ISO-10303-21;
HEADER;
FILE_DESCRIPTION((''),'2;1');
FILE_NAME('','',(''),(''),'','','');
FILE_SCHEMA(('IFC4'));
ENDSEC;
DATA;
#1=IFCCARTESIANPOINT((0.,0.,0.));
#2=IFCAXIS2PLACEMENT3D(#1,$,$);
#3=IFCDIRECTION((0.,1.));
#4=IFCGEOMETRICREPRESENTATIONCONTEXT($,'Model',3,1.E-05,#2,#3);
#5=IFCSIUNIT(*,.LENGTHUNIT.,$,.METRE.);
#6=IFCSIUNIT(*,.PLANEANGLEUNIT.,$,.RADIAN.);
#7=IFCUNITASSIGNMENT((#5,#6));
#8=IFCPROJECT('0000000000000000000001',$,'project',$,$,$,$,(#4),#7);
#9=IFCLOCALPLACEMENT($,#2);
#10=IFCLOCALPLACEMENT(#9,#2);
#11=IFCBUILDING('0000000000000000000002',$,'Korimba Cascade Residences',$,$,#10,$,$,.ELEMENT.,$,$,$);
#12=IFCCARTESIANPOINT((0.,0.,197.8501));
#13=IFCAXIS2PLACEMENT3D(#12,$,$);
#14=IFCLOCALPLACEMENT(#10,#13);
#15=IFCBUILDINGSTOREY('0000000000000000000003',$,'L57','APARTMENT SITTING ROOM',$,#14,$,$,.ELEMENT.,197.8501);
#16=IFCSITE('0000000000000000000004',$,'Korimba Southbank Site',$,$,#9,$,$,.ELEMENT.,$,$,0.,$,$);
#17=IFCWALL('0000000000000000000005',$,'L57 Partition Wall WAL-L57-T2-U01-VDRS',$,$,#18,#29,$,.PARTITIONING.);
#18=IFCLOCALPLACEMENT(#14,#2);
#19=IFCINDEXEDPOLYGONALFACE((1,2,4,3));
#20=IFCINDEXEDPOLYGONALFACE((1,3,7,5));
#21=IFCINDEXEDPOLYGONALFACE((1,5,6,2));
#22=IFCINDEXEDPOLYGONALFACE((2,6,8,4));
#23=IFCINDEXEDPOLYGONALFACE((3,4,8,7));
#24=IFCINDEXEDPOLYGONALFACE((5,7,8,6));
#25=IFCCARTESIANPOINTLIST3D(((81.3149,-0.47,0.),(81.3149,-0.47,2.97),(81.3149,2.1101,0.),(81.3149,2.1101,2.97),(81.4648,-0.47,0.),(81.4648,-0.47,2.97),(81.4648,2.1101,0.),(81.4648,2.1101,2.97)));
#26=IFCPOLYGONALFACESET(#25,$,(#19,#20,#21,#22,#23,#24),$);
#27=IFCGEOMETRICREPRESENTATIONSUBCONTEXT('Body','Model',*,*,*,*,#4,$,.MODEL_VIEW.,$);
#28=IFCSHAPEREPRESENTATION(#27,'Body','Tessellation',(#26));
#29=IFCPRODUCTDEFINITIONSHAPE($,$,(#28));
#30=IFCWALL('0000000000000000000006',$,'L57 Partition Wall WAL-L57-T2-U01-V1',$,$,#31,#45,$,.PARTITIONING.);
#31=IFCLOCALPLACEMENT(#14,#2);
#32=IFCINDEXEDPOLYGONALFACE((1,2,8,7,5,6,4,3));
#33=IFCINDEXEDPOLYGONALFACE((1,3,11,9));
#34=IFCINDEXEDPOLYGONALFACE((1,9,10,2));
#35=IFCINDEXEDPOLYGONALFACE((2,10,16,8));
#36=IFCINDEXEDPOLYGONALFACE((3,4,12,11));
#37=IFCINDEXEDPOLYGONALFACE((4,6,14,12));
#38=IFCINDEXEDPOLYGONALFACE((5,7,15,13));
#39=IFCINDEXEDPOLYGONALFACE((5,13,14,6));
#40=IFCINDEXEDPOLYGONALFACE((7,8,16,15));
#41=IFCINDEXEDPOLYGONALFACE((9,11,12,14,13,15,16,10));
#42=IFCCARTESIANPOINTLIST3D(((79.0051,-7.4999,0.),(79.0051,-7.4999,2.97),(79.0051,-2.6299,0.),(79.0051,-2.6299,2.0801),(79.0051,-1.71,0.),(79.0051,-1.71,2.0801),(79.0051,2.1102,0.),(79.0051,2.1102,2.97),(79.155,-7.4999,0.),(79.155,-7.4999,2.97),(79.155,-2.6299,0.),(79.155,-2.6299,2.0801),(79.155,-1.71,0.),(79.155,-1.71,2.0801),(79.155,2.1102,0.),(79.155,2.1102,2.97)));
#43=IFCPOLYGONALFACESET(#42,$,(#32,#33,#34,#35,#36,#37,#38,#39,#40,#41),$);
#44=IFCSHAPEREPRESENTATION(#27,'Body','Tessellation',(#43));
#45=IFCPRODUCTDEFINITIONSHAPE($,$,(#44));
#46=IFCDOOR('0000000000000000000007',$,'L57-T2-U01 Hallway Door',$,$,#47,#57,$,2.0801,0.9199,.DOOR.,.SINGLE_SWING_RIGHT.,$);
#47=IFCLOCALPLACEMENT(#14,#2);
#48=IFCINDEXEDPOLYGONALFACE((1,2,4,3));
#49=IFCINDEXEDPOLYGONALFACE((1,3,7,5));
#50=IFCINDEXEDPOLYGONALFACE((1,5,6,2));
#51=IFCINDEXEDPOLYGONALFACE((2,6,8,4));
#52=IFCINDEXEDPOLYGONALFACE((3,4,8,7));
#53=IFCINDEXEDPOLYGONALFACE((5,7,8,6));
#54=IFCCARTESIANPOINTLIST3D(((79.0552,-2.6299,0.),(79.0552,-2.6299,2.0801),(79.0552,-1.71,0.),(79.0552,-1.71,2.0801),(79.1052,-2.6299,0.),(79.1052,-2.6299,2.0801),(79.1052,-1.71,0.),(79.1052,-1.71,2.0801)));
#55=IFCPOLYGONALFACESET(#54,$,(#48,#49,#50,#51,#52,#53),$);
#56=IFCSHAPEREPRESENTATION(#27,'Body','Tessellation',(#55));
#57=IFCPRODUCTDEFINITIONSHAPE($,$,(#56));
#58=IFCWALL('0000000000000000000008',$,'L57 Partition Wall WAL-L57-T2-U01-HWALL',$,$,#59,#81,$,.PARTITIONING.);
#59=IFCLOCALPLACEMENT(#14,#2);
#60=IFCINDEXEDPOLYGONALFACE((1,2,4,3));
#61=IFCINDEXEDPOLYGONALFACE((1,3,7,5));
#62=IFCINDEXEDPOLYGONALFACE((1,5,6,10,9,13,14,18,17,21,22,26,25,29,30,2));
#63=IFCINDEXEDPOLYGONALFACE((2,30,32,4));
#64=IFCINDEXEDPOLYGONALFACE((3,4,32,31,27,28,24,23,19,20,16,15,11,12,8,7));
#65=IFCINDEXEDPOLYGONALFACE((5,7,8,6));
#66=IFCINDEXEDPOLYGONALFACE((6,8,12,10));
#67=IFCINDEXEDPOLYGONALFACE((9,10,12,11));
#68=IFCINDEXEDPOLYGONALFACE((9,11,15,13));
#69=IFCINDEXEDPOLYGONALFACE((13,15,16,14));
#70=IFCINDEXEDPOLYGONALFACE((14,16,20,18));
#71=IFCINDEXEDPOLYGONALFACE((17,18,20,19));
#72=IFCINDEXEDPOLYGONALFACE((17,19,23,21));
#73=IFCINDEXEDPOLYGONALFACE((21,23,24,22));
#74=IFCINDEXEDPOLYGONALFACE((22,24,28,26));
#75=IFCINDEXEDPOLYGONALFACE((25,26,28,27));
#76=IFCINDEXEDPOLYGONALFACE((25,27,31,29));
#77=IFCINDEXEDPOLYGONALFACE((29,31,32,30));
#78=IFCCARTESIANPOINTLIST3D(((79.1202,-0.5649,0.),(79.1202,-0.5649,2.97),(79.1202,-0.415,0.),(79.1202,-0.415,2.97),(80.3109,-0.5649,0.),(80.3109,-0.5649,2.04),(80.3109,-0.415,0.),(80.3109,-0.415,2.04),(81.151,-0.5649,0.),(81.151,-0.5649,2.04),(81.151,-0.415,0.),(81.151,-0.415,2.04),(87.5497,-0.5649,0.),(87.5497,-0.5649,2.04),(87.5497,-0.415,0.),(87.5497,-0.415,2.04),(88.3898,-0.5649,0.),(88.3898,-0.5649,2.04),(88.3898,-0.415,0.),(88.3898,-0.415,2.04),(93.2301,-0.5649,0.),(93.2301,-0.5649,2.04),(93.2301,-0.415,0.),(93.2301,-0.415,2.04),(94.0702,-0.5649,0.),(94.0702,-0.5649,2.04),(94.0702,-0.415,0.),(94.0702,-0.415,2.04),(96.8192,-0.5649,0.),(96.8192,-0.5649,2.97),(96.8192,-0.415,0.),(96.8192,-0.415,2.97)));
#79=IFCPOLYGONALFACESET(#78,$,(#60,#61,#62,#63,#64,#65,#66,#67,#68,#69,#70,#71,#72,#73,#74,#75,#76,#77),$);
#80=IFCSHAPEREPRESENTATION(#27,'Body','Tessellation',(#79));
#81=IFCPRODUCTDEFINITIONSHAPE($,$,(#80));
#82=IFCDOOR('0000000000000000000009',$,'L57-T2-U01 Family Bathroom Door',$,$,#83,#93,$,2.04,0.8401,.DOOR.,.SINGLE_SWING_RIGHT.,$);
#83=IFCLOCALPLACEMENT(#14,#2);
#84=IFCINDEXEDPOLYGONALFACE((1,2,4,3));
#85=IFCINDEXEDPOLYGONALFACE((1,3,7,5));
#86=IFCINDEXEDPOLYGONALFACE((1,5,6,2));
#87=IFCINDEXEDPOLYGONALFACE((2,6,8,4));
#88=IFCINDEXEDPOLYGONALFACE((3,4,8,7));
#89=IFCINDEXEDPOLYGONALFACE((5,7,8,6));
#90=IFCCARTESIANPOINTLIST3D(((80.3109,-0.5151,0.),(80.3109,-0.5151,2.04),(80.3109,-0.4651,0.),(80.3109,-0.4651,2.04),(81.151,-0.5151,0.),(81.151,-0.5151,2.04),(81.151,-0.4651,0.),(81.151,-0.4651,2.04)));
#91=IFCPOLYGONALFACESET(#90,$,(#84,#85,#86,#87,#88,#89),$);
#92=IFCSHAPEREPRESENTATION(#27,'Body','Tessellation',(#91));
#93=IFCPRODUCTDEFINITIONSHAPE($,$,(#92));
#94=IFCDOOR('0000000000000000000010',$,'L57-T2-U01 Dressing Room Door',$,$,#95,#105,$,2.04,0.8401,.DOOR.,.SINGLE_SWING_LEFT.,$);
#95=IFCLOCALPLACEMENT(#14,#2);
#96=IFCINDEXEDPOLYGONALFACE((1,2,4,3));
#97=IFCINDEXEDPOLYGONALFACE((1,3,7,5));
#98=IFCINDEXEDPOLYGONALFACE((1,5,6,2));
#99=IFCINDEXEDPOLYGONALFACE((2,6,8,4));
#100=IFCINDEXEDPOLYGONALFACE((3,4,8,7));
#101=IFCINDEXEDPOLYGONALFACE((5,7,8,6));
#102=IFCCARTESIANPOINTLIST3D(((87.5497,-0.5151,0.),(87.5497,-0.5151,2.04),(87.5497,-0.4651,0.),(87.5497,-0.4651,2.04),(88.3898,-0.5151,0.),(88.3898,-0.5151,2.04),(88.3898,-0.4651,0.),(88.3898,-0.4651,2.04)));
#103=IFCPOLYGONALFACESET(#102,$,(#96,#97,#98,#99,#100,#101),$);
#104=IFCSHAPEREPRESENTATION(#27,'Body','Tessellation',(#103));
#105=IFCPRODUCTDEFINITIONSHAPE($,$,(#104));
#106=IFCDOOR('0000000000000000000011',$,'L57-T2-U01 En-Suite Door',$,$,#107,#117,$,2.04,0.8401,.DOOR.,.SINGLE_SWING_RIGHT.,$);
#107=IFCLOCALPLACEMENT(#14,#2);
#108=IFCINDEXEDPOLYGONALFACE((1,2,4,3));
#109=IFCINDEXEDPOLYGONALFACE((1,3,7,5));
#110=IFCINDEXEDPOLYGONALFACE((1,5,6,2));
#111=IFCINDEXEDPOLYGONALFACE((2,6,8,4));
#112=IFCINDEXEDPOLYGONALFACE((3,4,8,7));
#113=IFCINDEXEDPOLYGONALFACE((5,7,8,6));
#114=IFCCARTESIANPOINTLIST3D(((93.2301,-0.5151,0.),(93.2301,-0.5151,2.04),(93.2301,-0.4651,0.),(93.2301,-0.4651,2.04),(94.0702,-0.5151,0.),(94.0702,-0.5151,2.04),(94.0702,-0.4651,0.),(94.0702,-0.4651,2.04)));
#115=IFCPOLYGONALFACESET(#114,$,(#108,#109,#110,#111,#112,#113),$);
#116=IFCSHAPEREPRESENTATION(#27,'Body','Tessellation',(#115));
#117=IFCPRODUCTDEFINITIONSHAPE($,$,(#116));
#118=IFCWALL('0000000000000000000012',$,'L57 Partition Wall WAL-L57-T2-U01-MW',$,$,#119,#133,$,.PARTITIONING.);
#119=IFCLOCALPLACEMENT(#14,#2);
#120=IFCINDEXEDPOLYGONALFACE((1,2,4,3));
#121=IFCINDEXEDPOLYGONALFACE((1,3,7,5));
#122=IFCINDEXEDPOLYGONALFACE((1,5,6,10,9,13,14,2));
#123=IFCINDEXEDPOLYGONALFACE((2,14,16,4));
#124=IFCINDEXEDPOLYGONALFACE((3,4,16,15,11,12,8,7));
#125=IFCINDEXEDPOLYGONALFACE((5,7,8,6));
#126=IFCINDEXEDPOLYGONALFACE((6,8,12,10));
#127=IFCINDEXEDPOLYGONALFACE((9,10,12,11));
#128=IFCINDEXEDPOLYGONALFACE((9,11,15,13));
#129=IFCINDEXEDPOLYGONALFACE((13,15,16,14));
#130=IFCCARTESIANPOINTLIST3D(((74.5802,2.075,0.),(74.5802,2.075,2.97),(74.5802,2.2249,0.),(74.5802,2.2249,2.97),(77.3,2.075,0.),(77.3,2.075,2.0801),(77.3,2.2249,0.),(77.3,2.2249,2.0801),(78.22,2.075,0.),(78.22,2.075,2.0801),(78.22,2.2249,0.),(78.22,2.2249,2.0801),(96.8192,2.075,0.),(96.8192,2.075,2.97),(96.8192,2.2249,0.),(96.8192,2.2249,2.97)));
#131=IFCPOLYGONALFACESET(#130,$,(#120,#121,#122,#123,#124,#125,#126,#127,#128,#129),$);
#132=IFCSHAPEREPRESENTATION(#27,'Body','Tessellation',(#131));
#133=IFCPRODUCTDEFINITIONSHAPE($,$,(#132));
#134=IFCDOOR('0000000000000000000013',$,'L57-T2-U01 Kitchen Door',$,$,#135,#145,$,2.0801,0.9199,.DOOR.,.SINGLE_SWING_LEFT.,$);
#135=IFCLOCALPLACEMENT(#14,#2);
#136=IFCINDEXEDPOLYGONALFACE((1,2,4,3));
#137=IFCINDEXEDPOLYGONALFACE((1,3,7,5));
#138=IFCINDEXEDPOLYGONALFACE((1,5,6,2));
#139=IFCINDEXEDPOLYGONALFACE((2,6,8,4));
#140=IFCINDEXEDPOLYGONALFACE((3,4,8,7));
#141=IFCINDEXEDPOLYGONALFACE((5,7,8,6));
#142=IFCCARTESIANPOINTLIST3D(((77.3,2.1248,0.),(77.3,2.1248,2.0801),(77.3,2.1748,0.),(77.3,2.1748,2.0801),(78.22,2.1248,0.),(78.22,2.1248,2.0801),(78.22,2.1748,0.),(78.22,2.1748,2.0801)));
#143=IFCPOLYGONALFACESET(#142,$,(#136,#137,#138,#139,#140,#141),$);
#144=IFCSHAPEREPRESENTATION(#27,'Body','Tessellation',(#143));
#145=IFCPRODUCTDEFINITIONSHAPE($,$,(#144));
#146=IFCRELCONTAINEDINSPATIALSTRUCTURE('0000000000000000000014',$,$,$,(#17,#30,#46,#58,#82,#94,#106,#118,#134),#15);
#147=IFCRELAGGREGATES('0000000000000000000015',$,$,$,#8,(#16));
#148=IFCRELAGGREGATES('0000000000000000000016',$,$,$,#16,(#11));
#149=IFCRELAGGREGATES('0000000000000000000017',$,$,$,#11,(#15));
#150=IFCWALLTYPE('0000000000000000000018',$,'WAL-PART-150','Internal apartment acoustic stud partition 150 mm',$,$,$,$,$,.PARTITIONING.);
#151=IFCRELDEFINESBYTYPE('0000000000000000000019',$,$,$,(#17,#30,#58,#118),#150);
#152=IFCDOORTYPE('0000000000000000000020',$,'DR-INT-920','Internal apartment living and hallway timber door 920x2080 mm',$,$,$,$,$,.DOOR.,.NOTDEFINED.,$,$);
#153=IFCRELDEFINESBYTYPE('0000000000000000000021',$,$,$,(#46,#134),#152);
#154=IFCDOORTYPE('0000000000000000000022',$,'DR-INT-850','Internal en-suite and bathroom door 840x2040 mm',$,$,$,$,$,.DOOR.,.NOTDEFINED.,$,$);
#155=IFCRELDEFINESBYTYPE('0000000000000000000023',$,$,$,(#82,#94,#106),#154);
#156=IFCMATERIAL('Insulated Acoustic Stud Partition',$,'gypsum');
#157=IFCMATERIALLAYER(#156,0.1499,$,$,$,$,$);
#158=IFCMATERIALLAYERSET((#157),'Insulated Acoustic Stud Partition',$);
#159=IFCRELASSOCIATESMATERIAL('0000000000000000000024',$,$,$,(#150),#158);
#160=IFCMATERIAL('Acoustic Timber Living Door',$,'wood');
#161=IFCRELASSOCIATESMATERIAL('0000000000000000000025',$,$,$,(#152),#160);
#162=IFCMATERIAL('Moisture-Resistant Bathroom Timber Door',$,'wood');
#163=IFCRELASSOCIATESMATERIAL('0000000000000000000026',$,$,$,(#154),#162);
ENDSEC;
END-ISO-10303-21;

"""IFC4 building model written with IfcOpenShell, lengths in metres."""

from ifc_helpers import new_model, si_unit, direction, frame, frame_2d, origin, place, context, subcontext, project, spatial, rectangle, extrude, material, layer, layer_set, type_object, element, fill, save


model = new_model("IFC4")

# Units and contexts
model_context = context("Model", 3, precision=1e-05, world=origin(), true_north=direction((0.0, 1.0)))
body_context = subcontext(model_context, "Body", "Model", "MODEL_VIEW")
ifc_project = project(units=[si_unit("LENGTHUNIT", "METRE"), si_unit("PLANEANGLEUNIT", "RADIAN")], contexts=[model_context])

# Site, building, storey
site_placement = place(None, origin())
site = spatial("IfcSite", under=ifc_project, at=site_placement, Name="Korimba Southbank Site", CompositionType="ELEMENT", RefElevation=0.0)
building_placement = place(site_placement, origin())
building = spatial("IfcBuilding", under=site, at=building_placement, Name="Korimba Cascade Residences", CompositionType="ELEMENT")
storey_placement = place(building_placement, frame((0.0, 0.0, 197.8501)))
storey = spatial("IfcBuildingStorey", under=building, at=storey_placement, Name="L57", Description="APARTMENT SITTING ROOM", CompositionType="ELEMENT", Elevation=197.8501)

# Shared definitions
ifc_material_1 = material(Name="Insulated Acoustic Stud Partition", Category="gypsum")
ifc_layer_1 = layer(ifc_material_1, 0.1499)
ifc_layer_set_1 = layer_set([ifc_layer_1], Name="Insulated Acoustic Stud Partition")
wall_type_1 = type_object("IfcWallType", Name="WAL-PART-150", Description="Internal apartment acoustic stud partition 150 mm", PredefinedType="PARTITIONING", material=ifc_layer_set_1)

# Wall
wall_1_placement = place(storey_placement, frame((81.3899, -0.47, 0.0), z_axis=(0.0, 0.0, 1.0), x_axis=(0.0, 1.0, 0.0)))
element("IfcWall", 1, at=wall_1_placement, inside=storey, type_object=wall_type_1, Name="L57 Partition Wall WAL-L57-T2-U01-VDRS", PredefinedType="PARTITIONING", context=body_context, shape_type="SweptSolid", body=[
    extrude(rectangle(XDim=2.5801, YDim=0.1499, at=frame_2d((1.29, 0.0))), origin(), (0.0, 0.0, 1.0), 2.97),
])

# Wall, opening, door
wall_2_placement = place(storey_placement, frame((79.0801, -7.5, 0.0), z_axis=(0.0, 0.0, 1.0), x_axis=(0.0, 1.0, 0.0)))
wall_2 = element("IfcWall", 2, at=wall_2_placement, inside=storey, type_object=wall_type_1, Name="L57 Partition Wall WAL-L57-T2-U01-V1", PredefinedType="PARTITIONING", context=body_context, shape_type="SweptSolid", body=[
    extrude(rectangle(XDim=9.6101, YDim=0.1499, at=frame_2d((4.8052, 0.0))), origin(), (0.0, 0.0, 1.0), 2.97),
])
opening_1_placement = place(wall_2_placement, frame((4.8701, 0.0, 0.0)))
opening_1 = element("IfcOpeningElement", 3, at=opening_1_placement, cuts=wall_2, PredefinedType="OPENING", context=body_context, shape_type="SweptSolid", body=[
    extrude(rectangle(XDim=0.9199, YDim=2.0801, at=frame_2d((0.46, 1.04))), frame((0.0, 0.085, 0.0), z_axis=(0.0, -1.0, 0.0), x_axis=(1.0, 0.0, 0.0)), (0.0, 0.0, 1.0), 0.1699),
])
ifc_material_2 = material(Name="Acoustic Timber Living Door", Category="wood")
door_type_1 = type_object("IfcDoorType", Name="DR-INT-920", Description="Internal apartment living and hallway timber door 920x2080 mm", OperationType="NOTDEFINED", PredefinedType="DOOR", material=ifc_material_2)
door_1_placement = place(opening_1_placement, origin())
door_1 = element("IfcDoor", 4, at=door_1_placement, inside=storey, type_object=door_type_1, Name="L57-T2-U01 Hallway Door", OperationType="SINGLE_SWING_RIGHT", OverallHeight=2.0801, OverallWidth=0.9199, PredefinedType="DOOR", context=body_context, shape_type="SweptSolid", body=[
    extrude(rectangle(XDim=0.9199, YDim=2.0801, at=frame_2d((0.46, 1.04))), frame((0.0, 0.0249, 0.0), z_axis=(0.0, -1.0, 0.0), x_axis=(1.0, 0.0, 0.0)), (0.0, 0.0, 1.0), 0.05),
])
fill(opening_1, door_1)

# Wall, openings, doors
wall_3_placement = place(storey_placement, frame((79.1201, -0.49, 0.0), z_axis=(0.0, 0.0, 1.0), x_axis=(1.0, 0.0, 0.0)))
wall_3 = element("IfcWall", 5, at=wall_3_placement, inside=storey, type_object=wall_type_1, Name="L57 Partition Wall WAL-L57-T2-U01-HWALL", PredefinedType="PARTITIONING", context=body_context, shape_type="SweptSolid", body=[
    extrude(rectangle(XDim=17.699, YDim=0.1499, at=frame_2d((8.8496, 0.0))), origin(), (0.0, 0.0, 1.0), 2.97),
])
opening_2_placement = place(wall_3_placement, frame((1.1909, 0.0, 0.0)))
opening_2 = element("IfcOpeningElement", 6, at=opening_2_placement, cuts=wall_3, PredefinedType="OPENING", context=body_context, shape_type="SweptSolid", body=[
    extrude(rectangle(XDim=0.8401, YDim=2.04, at=frame_2d((0.4199, 1.02))), frame((0.0, 0.085, 0.0), z_axis=(0.0, -1.0, 0.0), x_axis=(1.0, 0.0, 0.0)), (0.0, 0.0, 1.0), 0.1699),
])
opening_3_placement = place(wall_3_placement, frame((8.4297, 0.0, 0.0)))
opening_3 = element("IfcOpeningElement", 7, at=opening_3_placement, cuts=wall_3, PredefinedType="OPENING", context=body_context, shape_type="SweptSolid", body=[
    extrude(rectangle(XDim=0.8401, YDim=2.04, at=frame_2d((0.4199, 1.02))), frame((0.0, 0.085, 0.0), z_axis=(0.0, -1.0, 0.0), x_axis=(1.0, 0.0, 0.0)), (0.0, 0.0, 1.0), 0.1699),
])
opening_4_placement = place(wall_3_placement, frame((14.1101, 0.0, 0.0)))
opening_4 = element("IfcOpeningElement", 8, at=opening_4_placement, cuts=wall_3, PredefinedType="OPENING", context=body_context, shape_type="SweptSolid", body=[
    extrude(rectangle(XDim=0.8401, YDim=2.04, at=frame_2d((0.4199, 1.02))), frame((0.0, 0.085, 0.0), z_axis=(0.0, -1.0, 0.0), x_axis=(1.0, 0.0, 0.0)), (0.0, 0.0, 1.0), 0.1699),
])
ifc_material_3 = material(Name="Moisture-Resistant Bathroom Timber Door", Category="wood")
door_type_2 = type_object("IfcDoorType", Name="DR-INT-850", Description="Internal en-suite and bathroom door 840x2040 mm", OperationType="NOTDEFINED", PredefinedType="DOOR", material=ifc_material_3)
door_2_placement = place(opening_2_placement, origin())
door_2 = element("IfcDoor", 9, at=door_2_placement, inside=storey, type_object=door_type_2, Name="L57-T2-U01 Family Bathroom Door", OperationType="SINGLE_SWING_RIGHT", OverallHeight=2.04, OverallWidth=0.8401, PredefinedType="DOOR", context=body_context, shape_type="SweptSolid", body=[
    extrude(rectangle(XDim=0.8401, YDim=2.04, at=frame_2d((0.4199, 1.02))), frame((0.0, 0.0249, 0.0), z_axis=(0.0, -1.0, 0.0), x_axis=(1.0, 0.0, 0.0)), (0.0, 0.0, 1.0), 0.05),
])
fill(opening_2, door_2)
door_3_placement = place(opening_3_placement, origin())
door_3 = element("IfcDoor", 10, at=door_3_placement, inside=storey, type_object=door_type_2, Name="L57-T2-U01 Dressing Room Door", OperationType="SINGLE_SWING_LEFT", OverallHeight=2.04, OverallWidth=0.8401, PredefinedType="DOOR", context=body_context, shape_type="SweptSolid", body=[
    extrude(rectangle(XDim=0.8401, YDim=2.04, at=frame_2d((0.4199, 1.02))), frame((0.0, 0.0249, 0.0), z_axis=(0.0, -1.0, 0.0), x_axis=(1.0, 0.0, 0.0)), (0.0, 0.0, 1.0), 0.05),
])
fill(opening_3, door_3)
door_4_placement = place(opening_4_placement, origin())
door_4 = element("IfcDoor", 11, at=door_4_placement, inside=storey, type_object=door_type_2, Name="L57-T2-U01 En-Suite Door", OperationType="SINGLE_SWING_RIGHT", OverallHeight=2.04, OverallWidth=0.8401, PredefinedType="DOOR", context=body_context, shape_type="SweptSolid", body=[
    extrude(rectangle(XDim=0.8401, YDim=2.04, at=frame_2d((0.4199, 1.02))), frame((0.0, 0.0249, 0.0), z_axis=(0.0, -1.0, 0.0), x_axis=(1.0, 0.0, 0.0)), (0.0, 0.0, 1.0), 0.05),
])
fill(opening_4, door_4)

# Wall, opening, door
wall_4_placement = place(storey_placement, frame((74.5801, 2.1499, 0.0), z_axis=(0.0, 0.0, 1.0), x_axis=(1.0, 0.0, 0.0)))
wall_4 = element("IfcWall", 12, at=wall_4_placement, inside=storey, type_object=wall_type_1, Name="L57 Partition Wall WAL-L57-T2-U01-MW", PredefinedType="PARTITIONING", context=body_context, shape_type="SweptSolid", body=[
    extrude(rectangle(XDim=22.239, YDim=0.1499, at=frame_2d((11.1196, 0.0))), origin(), (0.0, 0.0, 1.0), 2.97),
])
opening_5_placement = place(wall_4_placement, frame((2.72, 0.0, 0.0)))
opening_5 = element("IfcOpeningElement", 13, at=opening_5_placement, cuts=wall_4, PredefinedType="OPENING", context=body_context, shape_type="SweptSolid", body=[
    extrude(rectangle(XDim=0.9199, YDim=2.0801, at=frame_2d((0.46, 1.04))), frame((0.0, 0.085, 0.0), z_axis=(0.0, -1.0, 0.0), x_axis=(1.0, 0.0, 0.0)), (0.0, 0.0, 1.0), 0.1699),
])
door_5_placement = place(opening_5_placement, origin())
door_5 = element("IfcDoor", 14, at=door_5_placement, inside=storey, type_object=door_type_1, Name="L57-T2-U01 Kitchen Door", OperationType="SINGLE_SWING_LEFT", OverallHeight=2.0801, OverallWidth=0.9199, PredefinedType="DOOR", context=body_context, shape_type="SweptSolid", body=[
    extrude(rectangle(XDim=0.9199, YDim=2.0801, at=frame_2d((0.46, 1.04))), frame((0.0, 0.0249, 0.0), z_axis=(0.0, -1.0, 0.0), x_axis=(1.0, 0.0, 0.0)), (0.0, 0.0, 1.0), 0.05),
])
fill(opening_5, door_5)

save(model, "model.ifc")
